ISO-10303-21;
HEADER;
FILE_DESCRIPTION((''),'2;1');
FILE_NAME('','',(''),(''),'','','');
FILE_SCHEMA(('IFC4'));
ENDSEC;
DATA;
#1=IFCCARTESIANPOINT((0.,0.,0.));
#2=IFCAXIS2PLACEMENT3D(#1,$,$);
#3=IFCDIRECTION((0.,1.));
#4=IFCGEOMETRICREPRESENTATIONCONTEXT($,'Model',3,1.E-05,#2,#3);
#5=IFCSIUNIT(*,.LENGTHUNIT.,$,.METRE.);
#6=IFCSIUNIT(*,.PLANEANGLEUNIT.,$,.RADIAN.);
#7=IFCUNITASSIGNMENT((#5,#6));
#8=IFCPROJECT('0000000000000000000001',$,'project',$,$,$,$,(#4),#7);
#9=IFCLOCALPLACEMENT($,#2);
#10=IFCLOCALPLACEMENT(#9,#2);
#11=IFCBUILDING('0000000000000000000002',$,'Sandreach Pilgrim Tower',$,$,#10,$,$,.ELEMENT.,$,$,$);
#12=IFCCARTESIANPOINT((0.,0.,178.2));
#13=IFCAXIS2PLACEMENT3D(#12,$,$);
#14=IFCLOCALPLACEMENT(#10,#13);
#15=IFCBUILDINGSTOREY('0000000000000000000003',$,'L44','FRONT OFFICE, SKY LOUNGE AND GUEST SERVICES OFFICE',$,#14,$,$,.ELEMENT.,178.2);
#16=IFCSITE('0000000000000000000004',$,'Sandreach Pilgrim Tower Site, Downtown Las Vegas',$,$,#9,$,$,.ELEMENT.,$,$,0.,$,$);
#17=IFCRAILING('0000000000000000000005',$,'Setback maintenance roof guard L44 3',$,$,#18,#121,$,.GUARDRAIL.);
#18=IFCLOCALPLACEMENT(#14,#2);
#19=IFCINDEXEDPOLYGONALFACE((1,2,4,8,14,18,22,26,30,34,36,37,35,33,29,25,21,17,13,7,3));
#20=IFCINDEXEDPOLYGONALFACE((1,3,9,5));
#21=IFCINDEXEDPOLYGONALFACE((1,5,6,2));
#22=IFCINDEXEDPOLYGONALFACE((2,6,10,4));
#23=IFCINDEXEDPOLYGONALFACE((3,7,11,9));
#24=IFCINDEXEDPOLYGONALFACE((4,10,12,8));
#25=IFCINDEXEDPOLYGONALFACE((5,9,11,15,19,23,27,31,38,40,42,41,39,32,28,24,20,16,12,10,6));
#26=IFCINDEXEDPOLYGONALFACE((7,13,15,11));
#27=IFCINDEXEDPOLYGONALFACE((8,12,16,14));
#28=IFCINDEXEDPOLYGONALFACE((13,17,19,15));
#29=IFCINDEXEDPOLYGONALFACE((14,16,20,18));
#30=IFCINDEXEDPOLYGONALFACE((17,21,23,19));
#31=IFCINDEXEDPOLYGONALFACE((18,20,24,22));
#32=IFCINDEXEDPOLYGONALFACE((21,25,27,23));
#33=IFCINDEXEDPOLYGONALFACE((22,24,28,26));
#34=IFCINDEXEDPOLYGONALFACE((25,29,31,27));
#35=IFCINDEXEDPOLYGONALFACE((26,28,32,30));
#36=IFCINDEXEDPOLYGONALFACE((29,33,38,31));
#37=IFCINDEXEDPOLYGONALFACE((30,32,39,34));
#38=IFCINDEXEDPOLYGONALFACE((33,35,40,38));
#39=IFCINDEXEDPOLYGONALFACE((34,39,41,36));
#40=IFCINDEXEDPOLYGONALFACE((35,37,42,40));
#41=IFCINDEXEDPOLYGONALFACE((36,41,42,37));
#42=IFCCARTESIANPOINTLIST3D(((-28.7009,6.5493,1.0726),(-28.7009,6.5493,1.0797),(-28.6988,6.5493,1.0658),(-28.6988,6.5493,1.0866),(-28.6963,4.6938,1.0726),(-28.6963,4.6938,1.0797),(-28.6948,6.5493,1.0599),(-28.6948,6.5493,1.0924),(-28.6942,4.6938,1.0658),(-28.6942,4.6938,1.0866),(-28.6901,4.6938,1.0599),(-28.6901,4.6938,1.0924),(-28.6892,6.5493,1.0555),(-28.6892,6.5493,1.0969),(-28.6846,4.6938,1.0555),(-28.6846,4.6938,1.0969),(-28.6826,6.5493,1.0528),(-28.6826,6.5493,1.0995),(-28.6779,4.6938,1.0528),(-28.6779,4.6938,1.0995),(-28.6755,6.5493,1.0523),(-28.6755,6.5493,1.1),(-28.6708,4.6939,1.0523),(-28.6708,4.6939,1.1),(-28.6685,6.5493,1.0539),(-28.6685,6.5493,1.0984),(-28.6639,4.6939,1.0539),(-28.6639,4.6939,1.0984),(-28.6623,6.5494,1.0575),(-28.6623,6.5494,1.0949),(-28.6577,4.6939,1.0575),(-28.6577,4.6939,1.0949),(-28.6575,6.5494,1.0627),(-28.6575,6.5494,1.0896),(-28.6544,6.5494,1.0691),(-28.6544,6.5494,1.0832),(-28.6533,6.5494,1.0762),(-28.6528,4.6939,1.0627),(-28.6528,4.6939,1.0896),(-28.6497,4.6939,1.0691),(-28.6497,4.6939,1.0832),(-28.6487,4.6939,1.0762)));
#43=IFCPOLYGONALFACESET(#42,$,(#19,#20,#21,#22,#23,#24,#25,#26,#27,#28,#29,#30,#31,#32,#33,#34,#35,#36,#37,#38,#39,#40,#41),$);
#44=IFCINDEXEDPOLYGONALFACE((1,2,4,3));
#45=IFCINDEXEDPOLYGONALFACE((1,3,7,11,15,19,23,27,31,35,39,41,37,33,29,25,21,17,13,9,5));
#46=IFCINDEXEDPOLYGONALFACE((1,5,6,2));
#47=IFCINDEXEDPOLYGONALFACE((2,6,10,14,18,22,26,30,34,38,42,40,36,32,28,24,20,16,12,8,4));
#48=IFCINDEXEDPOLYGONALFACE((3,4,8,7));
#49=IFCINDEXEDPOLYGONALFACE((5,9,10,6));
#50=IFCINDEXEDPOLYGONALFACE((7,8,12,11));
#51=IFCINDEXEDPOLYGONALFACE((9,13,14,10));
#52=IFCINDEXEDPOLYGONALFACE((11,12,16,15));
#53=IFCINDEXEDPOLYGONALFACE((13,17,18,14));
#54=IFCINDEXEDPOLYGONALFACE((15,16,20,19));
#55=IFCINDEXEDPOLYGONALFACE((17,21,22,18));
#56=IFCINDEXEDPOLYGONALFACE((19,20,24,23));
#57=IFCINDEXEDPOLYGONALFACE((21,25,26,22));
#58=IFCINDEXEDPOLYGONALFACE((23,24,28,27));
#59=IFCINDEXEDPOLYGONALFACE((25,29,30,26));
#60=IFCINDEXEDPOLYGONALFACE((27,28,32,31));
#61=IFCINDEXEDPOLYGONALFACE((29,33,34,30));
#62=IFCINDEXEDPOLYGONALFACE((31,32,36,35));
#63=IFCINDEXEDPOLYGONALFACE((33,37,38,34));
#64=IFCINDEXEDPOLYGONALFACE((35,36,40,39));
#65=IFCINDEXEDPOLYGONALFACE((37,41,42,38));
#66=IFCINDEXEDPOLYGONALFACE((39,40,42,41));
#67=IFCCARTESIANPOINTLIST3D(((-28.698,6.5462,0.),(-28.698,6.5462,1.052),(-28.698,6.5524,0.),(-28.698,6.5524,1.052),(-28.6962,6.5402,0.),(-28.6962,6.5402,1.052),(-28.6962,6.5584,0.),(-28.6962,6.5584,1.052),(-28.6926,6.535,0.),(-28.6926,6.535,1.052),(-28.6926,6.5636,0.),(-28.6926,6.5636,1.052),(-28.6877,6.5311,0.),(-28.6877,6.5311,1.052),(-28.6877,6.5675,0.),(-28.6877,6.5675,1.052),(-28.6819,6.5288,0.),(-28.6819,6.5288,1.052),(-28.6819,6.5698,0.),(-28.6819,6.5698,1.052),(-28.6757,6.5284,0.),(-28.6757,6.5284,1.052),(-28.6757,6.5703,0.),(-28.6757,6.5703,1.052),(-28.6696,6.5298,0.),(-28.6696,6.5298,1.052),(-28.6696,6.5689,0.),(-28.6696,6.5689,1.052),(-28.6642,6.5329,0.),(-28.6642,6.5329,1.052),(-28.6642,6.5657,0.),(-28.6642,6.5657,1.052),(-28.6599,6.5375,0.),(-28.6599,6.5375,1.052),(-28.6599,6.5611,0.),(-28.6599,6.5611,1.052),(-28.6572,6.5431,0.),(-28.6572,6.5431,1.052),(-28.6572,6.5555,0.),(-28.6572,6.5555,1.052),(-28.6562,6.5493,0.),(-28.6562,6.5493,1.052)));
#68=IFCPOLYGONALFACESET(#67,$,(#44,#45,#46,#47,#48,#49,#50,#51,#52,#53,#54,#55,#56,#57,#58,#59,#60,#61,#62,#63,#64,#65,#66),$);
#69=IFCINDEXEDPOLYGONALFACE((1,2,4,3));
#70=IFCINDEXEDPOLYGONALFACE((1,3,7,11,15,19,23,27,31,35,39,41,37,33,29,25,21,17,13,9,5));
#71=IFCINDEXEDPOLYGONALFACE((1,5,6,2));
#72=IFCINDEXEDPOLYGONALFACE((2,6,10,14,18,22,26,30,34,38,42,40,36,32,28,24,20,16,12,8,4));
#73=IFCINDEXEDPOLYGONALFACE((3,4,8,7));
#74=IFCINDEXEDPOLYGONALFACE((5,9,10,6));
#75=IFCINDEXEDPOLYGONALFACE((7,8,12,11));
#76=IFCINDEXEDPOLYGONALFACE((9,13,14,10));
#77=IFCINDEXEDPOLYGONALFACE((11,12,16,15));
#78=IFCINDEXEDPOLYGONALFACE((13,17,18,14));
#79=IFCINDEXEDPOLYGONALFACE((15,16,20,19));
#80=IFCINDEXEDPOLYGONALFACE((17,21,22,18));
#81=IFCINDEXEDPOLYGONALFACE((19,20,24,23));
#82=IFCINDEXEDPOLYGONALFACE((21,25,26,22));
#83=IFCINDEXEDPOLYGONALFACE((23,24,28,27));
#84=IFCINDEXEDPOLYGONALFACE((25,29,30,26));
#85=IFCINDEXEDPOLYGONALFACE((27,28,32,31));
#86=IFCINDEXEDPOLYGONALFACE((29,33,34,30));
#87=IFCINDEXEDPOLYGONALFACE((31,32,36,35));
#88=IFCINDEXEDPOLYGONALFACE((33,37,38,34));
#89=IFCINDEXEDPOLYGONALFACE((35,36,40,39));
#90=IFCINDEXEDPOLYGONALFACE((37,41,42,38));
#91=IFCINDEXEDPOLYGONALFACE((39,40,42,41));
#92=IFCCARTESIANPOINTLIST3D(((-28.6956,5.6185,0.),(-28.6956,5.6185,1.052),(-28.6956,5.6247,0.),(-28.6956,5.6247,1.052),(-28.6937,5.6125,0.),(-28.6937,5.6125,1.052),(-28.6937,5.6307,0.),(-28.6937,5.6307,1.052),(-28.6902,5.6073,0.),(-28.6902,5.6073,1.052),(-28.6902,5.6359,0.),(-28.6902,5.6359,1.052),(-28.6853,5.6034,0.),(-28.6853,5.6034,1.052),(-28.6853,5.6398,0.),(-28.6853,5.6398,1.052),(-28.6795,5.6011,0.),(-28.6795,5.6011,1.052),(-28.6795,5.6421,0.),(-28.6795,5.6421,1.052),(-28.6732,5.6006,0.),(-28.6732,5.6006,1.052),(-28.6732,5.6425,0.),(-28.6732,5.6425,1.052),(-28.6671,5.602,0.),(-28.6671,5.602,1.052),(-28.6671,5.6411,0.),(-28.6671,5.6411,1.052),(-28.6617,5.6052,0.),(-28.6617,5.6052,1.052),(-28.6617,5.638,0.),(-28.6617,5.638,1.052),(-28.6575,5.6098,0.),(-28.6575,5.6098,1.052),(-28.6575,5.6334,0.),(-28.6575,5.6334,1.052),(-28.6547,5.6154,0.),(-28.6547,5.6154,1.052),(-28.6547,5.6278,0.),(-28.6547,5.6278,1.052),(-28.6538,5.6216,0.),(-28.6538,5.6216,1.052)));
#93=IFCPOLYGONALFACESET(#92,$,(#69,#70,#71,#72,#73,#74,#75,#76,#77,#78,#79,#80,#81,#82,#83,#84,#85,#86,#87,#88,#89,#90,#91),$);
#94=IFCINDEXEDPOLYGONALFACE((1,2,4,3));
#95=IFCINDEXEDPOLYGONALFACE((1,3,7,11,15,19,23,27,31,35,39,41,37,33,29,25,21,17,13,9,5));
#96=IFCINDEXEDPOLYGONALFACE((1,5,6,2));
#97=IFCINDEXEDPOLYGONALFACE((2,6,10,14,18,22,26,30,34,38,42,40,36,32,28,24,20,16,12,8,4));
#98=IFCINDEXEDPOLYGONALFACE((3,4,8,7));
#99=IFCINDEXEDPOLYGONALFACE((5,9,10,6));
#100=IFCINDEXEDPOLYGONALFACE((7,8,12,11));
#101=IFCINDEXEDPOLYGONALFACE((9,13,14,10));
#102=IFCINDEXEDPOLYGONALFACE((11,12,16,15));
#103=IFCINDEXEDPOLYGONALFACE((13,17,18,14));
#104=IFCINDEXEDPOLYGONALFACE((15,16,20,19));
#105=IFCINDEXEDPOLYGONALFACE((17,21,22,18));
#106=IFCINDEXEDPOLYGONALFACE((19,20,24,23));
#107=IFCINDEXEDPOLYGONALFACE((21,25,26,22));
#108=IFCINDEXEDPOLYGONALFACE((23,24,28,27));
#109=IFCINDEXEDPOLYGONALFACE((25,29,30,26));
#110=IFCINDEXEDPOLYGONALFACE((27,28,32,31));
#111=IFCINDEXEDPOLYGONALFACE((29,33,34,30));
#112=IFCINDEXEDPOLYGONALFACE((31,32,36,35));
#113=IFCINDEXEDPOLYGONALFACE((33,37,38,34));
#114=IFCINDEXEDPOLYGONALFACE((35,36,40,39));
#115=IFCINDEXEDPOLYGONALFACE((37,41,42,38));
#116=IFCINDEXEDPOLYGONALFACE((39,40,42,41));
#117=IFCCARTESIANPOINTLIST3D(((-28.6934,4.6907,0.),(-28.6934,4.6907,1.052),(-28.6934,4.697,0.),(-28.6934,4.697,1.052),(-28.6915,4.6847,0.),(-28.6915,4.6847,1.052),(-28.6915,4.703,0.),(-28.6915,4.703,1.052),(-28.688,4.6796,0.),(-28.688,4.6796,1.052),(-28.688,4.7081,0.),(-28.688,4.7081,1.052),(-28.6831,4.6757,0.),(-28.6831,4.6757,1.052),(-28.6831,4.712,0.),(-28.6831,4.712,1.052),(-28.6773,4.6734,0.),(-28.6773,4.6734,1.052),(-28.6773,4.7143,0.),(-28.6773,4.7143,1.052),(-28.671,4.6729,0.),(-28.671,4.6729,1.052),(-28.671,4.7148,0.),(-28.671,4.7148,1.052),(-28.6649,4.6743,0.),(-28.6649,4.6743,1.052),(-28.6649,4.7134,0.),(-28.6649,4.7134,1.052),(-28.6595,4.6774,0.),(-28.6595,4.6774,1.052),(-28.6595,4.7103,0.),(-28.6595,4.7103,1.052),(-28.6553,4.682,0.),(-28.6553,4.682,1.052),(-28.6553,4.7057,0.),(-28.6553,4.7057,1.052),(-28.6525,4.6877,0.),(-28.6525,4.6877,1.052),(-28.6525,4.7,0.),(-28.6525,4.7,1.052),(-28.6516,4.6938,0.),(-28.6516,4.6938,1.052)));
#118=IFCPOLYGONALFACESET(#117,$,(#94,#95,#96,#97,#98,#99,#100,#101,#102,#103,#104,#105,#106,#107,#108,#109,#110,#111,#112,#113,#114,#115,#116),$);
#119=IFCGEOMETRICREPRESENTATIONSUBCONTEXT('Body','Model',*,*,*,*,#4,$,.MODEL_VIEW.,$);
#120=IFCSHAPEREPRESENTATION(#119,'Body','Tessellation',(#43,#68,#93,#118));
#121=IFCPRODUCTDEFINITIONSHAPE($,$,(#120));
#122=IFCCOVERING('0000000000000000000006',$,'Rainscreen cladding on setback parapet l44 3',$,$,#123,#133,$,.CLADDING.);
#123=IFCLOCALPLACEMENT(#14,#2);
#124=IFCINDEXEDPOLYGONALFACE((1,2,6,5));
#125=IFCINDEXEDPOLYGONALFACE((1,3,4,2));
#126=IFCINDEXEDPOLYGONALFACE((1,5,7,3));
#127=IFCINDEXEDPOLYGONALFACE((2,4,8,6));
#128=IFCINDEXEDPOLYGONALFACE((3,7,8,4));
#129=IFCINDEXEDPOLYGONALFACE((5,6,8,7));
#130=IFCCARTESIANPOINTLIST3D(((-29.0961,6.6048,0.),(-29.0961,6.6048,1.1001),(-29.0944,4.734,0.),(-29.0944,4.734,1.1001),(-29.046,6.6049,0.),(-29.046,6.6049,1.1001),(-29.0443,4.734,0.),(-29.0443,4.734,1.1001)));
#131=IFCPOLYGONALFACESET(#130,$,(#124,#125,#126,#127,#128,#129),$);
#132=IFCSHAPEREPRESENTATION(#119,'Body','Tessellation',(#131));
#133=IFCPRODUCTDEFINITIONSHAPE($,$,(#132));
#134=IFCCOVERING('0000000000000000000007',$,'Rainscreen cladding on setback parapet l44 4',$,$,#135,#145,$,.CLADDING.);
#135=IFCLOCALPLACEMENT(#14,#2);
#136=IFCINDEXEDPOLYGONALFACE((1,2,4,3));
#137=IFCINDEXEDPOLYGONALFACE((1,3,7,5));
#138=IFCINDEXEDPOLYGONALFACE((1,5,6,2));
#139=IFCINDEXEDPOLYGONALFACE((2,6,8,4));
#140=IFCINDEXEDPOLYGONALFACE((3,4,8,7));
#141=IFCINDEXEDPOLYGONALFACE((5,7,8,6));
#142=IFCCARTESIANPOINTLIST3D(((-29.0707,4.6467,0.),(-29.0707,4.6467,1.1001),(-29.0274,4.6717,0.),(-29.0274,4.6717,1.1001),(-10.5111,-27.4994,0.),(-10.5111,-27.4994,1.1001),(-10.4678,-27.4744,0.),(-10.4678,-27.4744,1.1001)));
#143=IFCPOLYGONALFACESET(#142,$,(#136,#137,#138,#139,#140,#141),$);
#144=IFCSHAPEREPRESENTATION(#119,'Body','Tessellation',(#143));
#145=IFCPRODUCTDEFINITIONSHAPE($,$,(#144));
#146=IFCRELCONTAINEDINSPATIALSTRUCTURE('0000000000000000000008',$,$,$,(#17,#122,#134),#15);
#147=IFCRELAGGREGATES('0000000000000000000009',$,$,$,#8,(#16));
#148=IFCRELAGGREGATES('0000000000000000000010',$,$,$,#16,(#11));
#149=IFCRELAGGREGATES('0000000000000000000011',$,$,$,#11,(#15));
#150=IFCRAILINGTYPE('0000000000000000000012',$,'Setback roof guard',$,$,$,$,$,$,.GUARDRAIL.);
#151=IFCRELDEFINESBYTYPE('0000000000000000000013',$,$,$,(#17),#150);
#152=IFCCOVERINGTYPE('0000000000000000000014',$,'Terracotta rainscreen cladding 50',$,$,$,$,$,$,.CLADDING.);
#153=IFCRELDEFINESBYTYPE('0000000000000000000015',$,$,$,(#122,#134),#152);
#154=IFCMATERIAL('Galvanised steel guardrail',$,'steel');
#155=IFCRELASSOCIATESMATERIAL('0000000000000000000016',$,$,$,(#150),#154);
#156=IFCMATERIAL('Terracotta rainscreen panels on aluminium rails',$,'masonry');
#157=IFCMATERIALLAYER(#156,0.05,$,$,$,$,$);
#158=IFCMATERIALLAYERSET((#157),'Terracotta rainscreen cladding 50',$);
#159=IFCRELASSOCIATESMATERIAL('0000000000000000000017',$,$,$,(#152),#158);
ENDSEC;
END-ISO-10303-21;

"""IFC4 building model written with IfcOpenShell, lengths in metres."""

from ifc_helpers import new_model, si_unit, direction, frame, frame_2d, origin, origin_2d, place, context, subcontext, project, spatial, rectangle, circle, extrude, material, layer, layer_set, type_object, element, save


model = new_model("IFC4")

# Units and contexts
model_context = context("Model", 3, precision=1e-05, world=origin(), true_north=direction((0.0, 1.0)))
body_context = subcontext(model_context, "Body", "Model", "MODEL_VIEW")
ifc_project = project(units=[si_unit("LENGTHUNIT", "METRE"), si_unit("PLANEANGLEUNIT", "RADIAN")], contexts=[model_context])

# Site, building, storey
site_placement = place(None, origin())
site = spatial("IfcSite", under=ifc_project, at=site_placement, Name="Sandreach Pilgrim Tower Site, Downtown Las Vegas", CompositionType="ELEMENT", RefElevation=0.0)
building_placement = place(site_placement, origin())
building = spatial("IfcBuilding", under=site, at=building_placement, Name="Sandreach Pilgrim Tower", CompositionType="ELEMENT")
storey_placement = place(building_placement, frame((0.0, 0.0, 178.2)))
storey = spatial("IfcBuildingStorey", under=building, at=storey_placement, Name="L44", Description="FRONT OFFICE, SKY LOUNGE AND GUEST SERVICES OFFICE", CompositionType="ELEMENT", Elevation=178.2)

# Railing
ifc_material_1 = material(Name="Galvanised steel guardrail", Category="steel")
railing_type = type_object("IfcRailingType", Name="Setback roof guard", PredefinedType="GUARDRAIL", material=ifc_material_1)
railing_1_placement = place(storey_placement, frame((-28.6772, 6.5493, 0.0)))
element("IfcRailing", 1, at=railing_1_placement, inside=storey, type_object=railing_type, Name="Setback maintenance roof guard L44 3", PredefinedType="GUARDRAIL", context=body_context, shape_type="SweptSolid", body=[
    extrude(circle(Radius=0.0239, at=origin_2d()), frame((0.0, 0.0, 1.0762), z_axis=(0.0025, -0.999997, 0.0), x_axis=(0.999997, 0.0025, 0.0)), (0.0, 0.0, 1.0), 1.8555),
    extrude(circle(Radius=0.021, at=origin_2d()), origin(), (0.0, 0.0, 1.0), 1.052),
    extrude(circle(Radius=0.021, at=origin_2d()), frame((0.0024, -0.9277, 0.0)), (0.0, 0.0, 1.0), 1.052),
    extrude(circle(Radius=0.021, at=origin_2d()), frame((0.0046, -1.8555, 0.0)), (0.0, 0.0, 1.0), 1.052),
])

# Coverings
ifc_material_2 = material(Name="Terracotta rainscreen panels on aluminium rails", Category="masonry")
ifc_layer_1 = layer(ifc_material_2, 0.05)
ifc_layer_set_1 = layer_set([ifc_layer_1], Name="Terracotta rainscreen cladding 50")
covering_type = type_object("IfcCoveringType", Name="Terracotta rainscreen cladding 50", PredefinedType="CLADDING", material=ifc_layer_set_1)
covering_1_placement = place(storey_placement, frame((-29.071, 6.605, 0.0), z_axis=(0.0, 0.0, 1.0), x_axis=(0.000913, -1.0, 0.0)))
element("IfcCovering", 2, at=covering_1_placement, inside=storey, type_object=covering_type, Name="Rainscreen cladding on setback parapet l44 3", PredefinedType="CLADDING", context=body_context, shape_type="SweptSolid", body=[
    extrude(rectangle(XDim=1.8708, YDim=0.05, at=frame_2d((0.9355, 0.0))), origin(), (0.0, 0.0, 1.0), 1.1001),
])
covering_2_placement = place(storey_placement, frame((-29.0491, 4.6592, 0.0), z_axis=(0.0, 0.0, 1.0), x_axis=(0.500001, -0.866025, 0.0)))
element("IfcCovering", 3, at=covering_2_placement, inside=storey, type_object=covering_type, Name="Rainscreen cladding on setback parapet l44 4", PredefinedType="CLADDING", context=body_context, shape_type="SweptSolid", body=[
    extrude(rectangle(XDim=37.1191, YDim=0.05, at=frame_2d((18.5596, 0.0))), origin(), (0.0, 0.0, 1.0), 1.1001),
])

save(model, "model.ifc")
